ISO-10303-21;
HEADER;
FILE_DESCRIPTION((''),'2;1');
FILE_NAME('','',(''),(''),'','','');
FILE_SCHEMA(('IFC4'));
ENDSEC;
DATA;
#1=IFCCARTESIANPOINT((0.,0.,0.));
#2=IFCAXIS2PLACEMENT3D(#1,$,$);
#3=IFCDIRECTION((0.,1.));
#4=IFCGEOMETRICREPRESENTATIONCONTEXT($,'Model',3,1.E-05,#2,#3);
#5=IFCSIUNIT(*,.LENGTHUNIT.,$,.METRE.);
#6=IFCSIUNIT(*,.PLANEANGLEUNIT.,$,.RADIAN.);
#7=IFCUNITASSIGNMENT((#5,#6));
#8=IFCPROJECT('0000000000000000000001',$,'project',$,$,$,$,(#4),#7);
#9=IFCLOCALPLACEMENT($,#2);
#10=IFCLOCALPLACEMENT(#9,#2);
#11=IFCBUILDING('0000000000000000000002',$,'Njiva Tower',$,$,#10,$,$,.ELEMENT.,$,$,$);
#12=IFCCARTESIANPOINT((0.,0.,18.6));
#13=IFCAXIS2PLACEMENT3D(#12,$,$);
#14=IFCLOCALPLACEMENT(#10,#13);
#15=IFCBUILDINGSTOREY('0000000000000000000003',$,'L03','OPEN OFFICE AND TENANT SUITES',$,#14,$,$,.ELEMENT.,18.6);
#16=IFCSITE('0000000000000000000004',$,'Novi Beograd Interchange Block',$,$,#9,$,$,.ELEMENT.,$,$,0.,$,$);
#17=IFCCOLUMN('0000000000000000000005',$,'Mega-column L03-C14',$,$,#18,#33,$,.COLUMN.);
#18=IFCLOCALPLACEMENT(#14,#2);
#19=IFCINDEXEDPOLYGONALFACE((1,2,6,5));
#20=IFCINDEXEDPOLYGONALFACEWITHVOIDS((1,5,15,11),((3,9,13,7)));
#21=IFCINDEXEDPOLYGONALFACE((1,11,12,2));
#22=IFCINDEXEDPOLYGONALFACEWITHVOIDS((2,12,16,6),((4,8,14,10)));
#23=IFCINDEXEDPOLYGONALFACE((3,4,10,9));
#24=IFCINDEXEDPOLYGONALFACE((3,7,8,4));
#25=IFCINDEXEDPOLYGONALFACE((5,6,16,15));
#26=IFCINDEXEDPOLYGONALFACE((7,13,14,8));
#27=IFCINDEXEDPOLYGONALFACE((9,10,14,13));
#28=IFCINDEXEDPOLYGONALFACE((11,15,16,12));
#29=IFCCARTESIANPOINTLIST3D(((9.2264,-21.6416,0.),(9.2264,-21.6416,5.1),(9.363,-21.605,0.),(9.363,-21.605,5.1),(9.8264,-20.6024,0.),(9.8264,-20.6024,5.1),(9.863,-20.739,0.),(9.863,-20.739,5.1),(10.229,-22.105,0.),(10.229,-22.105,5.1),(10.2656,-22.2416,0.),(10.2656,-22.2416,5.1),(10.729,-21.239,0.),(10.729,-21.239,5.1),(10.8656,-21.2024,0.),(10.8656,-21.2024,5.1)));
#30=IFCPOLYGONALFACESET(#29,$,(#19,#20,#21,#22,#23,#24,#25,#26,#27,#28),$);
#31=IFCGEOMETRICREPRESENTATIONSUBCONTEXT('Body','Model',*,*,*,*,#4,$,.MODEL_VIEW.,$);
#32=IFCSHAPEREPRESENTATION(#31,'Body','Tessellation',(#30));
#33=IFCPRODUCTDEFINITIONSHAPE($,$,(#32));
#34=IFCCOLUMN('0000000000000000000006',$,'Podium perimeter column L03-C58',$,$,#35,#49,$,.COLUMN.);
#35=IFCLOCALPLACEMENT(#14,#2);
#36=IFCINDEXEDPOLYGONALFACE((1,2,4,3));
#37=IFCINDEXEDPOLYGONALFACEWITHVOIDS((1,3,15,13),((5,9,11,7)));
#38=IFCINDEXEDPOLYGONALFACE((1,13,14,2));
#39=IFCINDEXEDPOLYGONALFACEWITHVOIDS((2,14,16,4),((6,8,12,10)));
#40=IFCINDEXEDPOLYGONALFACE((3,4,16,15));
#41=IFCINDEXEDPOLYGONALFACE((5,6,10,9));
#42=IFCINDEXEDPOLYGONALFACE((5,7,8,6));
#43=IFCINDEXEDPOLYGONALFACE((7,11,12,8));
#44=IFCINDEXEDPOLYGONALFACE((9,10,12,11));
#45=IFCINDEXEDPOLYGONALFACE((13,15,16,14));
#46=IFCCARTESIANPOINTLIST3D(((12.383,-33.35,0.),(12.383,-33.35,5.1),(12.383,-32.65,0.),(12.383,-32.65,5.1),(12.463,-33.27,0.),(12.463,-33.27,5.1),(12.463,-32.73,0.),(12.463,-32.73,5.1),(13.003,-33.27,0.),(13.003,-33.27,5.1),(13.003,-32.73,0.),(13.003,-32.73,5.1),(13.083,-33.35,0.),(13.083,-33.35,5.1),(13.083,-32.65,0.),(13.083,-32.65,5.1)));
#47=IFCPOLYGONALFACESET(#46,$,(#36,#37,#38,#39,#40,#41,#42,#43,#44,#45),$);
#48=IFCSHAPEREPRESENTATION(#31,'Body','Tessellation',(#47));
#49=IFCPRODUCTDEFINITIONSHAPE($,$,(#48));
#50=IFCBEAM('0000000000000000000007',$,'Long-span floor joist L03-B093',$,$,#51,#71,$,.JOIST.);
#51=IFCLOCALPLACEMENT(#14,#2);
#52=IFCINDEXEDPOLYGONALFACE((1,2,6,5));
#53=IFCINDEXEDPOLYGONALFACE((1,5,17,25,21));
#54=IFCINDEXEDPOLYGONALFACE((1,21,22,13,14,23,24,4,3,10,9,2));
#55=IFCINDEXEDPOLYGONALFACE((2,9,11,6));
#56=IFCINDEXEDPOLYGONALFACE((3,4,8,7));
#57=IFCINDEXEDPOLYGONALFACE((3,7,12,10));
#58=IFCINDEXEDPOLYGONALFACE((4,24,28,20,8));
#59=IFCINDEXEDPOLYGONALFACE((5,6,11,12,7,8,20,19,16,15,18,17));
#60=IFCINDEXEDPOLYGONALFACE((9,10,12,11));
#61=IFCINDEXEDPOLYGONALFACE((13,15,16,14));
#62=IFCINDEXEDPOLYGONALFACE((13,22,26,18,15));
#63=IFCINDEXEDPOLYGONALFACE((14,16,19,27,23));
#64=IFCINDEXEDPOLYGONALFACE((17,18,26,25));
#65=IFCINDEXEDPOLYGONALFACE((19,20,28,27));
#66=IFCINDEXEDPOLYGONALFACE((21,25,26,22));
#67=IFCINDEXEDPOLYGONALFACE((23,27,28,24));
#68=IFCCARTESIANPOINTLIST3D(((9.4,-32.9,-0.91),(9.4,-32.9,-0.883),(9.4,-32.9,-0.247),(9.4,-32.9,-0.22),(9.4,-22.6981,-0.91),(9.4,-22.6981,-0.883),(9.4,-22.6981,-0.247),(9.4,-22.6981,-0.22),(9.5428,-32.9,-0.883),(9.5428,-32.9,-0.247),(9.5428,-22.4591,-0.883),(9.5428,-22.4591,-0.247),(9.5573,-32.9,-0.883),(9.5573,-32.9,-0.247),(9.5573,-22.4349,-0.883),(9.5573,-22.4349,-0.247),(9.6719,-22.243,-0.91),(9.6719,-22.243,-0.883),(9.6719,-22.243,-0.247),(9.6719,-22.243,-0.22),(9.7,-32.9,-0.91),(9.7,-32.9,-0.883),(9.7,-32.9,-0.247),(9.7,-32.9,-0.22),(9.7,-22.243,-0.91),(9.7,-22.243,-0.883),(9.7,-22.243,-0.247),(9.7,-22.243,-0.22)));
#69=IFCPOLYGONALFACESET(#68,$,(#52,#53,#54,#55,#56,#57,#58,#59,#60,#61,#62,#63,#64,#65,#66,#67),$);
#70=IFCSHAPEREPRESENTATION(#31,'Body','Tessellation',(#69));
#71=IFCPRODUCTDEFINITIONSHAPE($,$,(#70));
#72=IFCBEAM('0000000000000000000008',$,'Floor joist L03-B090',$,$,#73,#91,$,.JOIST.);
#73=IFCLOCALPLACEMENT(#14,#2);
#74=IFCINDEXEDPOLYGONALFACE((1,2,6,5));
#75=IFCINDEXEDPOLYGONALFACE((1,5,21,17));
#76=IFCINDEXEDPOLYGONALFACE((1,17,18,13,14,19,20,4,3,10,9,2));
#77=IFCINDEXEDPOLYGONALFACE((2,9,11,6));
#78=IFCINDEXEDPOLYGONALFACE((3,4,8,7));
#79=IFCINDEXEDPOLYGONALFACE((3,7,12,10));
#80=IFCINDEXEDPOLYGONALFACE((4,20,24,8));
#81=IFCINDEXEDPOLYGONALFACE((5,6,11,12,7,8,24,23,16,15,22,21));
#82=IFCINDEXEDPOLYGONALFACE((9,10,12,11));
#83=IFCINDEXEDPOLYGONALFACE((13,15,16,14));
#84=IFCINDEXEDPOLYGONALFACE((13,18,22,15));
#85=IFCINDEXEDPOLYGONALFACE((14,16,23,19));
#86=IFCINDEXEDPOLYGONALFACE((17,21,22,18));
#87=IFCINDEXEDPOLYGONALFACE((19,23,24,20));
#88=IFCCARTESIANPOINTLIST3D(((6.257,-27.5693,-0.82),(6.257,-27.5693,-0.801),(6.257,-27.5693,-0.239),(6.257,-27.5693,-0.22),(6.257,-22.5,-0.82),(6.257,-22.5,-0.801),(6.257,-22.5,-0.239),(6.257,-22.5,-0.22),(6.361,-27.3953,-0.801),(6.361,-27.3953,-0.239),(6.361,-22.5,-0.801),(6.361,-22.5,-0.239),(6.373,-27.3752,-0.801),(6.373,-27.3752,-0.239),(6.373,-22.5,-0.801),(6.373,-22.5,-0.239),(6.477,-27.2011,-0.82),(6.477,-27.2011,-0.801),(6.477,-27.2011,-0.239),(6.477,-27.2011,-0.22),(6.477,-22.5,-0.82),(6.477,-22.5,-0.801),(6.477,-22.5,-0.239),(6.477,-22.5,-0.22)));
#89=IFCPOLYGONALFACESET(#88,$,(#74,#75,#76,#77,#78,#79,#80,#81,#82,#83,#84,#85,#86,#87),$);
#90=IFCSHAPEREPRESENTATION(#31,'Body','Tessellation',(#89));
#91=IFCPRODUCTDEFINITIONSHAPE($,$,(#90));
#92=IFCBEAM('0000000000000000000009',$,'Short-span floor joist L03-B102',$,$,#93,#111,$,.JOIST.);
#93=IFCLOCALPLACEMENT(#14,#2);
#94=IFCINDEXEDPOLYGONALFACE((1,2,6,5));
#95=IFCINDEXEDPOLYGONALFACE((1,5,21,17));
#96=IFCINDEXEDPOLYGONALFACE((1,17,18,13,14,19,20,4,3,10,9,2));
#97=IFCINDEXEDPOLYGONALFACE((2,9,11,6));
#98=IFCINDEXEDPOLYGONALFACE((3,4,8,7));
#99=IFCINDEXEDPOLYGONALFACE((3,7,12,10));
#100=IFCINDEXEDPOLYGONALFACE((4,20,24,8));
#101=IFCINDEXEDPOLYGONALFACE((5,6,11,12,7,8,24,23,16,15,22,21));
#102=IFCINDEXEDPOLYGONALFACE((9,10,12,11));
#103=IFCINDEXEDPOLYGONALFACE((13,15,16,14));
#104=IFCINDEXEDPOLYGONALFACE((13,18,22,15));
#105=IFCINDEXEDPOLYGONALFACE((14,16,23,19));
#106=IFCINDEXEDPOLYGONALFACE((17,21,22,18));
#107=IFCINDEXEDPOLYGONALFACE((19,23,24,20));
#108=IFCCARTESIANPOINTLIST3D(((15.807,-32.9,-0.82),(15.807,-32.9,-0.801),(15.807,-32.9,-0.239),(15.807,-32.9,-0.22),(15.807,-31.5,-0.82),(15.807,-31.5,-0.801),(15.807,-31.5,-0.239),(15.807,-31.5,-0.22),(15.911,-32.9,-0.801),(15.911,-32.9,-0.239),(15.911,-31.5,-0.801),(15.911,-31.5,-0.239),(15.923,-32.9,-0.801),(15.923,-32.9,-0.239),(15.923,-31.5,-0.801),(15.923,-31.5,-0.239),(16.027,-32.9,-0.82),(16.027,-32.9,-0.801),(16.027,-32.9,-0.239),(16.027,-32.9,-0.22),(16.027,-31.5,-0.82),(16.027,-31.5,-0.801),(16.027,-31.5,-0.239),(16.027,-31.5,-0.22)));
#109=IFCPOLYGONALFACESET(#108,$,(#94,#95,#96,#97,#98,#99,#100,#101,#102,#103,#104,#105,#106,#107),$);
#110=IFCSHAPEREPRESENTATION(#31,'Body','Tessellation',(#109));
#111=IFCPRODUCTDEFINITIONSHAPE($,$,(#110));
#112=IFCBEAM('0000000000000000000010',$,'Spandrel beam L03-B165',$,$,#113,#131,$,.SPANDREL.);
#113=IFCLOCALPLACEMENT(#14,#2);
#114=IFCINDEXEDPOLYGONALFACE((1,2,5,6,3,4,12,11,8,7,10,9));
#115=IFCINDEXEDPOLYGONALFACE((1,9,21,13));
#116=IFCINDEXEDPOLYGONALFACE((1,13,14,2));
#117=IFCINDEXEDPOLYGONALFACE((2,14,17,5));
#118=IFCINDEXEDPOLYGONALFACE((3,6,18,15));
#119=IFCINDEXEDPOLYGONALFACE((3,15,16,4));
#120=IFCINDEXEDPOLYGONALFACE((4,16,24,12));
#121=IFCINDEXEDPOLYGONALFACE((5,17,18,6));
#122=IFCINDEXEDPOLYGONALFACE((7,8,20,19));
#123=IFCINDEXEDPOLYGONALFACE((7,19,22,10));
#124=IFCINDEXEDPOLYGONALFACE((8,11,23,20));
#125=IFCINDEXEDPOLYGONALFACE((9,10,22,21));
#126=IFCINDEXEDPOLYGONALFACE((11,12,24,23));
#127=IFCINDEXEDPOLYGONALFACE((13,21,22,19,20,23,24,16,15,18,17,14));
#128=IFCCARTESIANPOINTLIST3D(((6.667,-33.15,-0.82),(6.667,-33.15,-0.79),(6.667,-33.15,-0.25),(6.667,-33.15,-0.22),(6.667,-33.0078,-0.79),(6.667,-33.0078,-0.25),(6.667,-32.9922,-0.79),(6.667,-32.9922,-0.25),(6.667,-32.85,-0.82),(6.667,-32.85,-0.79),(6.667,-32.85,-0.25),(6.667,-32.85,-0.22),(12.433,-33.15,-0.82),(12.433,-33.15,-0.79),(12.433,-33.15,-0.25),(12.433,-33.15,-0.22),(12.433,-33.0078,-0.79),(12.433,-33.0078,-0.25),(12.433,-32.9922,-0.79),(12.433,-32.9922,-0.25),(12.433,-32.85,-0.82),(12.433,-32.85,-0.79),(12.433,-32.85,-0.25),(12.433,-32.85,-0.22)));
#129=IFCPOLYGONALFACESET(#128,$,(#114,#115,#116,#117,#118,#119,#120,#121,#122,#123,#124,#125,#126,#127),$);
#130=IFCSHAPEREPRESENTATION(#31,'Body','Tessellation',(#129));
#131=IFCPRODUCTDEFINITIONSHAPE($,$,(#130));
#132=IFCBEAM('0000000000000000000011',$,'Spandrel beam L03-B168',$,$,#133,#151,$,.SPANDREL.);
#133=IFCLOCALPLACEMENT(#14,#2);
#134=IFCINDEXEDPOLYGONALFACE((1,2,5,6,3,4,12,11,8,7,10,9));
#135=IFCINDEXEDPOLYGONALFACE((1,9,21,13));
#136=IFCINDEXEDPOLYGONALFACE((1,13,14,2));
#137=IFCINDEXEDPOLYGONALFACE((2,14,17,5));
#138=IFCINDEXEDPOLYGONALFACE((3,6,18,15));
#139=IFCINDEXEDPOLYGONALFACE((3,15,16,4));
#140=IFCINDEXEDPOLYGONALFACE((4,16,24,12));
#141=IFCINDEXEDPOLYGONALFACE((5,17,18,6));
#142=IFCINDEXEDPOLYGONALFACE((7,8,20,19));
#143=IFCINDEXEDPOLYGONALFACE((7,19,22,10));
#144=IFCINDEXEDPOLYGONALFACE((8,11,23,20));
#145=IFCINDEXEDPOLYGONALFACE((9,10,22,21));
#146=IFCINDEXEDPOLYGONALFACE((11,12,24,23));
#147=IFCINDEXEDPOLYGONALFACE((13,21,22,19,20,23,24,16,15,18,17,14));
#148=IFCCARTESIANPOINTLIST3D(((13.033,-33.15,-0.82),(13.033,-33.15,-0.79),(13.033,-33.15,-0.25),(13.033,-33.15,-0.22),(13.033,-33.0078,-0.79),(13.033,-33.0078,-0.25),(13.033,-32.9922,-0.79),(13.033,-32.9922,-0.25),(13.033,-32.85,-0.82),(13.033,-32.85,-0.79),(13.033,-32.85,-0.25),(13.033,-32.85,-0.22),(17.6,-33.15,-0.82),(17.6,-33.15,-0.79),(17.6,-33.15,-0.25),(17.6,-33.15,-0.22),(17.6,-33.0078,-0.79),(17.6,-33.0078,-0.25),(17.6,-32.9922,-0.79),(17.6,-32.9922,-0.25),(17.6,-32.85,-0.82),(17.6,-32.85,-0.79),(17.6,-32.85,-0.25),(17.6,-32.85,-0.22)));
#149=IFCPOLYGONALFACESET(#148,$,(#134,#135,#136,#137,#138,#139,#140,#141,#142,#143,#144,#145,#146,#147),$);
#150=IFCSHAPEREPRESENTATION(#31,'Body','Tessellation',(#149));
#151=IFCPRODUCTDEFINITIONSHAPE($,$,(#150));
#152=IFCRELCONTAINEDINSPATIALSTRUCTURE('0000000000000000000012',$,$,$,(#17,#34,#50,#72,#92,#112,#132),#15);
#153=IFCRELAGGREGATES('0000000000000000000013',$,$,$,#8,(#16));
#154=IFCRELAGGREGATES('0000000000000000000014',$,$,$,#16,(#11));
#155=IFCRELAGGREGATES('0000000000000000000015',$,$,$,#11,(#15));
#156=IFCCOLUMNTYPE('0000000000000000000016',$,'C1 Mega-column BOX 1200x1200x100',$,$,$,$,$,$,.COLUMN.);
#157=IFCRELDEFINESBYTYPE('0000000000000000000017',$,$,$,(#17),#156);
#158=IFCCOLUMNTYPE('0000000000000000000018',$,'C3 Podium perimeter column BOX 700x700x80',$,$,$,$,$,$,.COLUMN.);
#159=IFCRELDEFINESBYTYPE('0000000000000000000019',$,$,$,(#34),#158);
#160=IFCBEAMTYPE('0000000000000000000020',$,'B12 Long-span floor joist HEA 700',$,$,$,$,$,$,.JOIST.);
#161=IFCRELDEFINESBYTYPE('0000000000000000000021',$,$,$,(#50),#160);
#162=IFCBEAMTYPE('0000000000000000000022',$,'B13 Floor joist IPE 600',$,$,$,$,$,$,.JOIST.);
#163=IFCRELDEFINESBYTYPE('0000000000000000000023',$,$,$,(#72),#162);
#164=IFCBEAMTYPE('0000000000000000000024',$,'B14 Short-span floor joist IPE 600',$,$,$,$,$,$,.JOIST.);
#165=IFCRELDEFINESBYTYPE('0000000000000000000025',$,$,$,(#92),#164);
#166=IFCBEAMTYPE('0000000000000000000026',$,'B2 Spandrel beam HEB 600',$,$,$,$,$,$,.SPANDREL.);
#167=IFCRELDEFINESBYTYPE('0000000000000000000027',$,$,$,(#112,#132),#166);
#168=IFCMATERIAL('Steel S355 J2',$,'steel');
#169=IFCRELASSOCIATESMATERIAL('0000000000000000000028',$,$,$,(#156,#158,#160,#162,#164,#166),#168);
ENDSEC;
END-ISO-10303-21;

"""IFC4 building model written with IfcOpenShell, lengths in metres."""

from ifc_helpers import new_model, si_unit, direction, frame, origin, origin_2d, place, context, subcontext, project, spatial, hollow_rectangle, i_section, extrude, clip, halfspace, material, material_profile, profile_set, type_object, element, save


model = new_model("IFC4")

# Units and contexts
model_context = context("Model", 3, precision=1e-05, world=origin(), true_north=direction((0.0, 1.0)))
body_context = subcontext(model_context, "Body", "Model", "MODEL_VIEW")
ifc_project = project(units=[si_unit("LENGTHUNIT", "METRE"), si_unit("PLANEANGLEUNIT", "RADIAN")], contexts=[model_context])

# Site, building, storey
site_placement = place(None, origin())
site = spatial("IfcSite", under=ifc_project, at=site_placement, Name="Novi Beograd Interchange Block", CompositionType="ELEMENT", RefElevation=0.0)
building_placement = place(site_placement, origin())
building = spatial("IfcBuilding", under=site, at=building_placement, Name="Njiva Tower", CompositionType="ELEMENT")
storey_placement = place(building_placement, frame((0.0, 0.0, 18.6)))
storey = spatial("IfcBuildingStorey", under=building, at=storey_placement, Name="L03", Description="OPEN OFFICE AND TENANT SUITES", CompositionType="ELEMENT", Elevation=18.6)

# Columns
ifc_material_1 = material(Name="Steel S355 J2", Category="steel")
ifc_material_profile_1 = material_profile(ifc_material_1, hollow_rectangle(XDim=1.2, YDim=1.2, WallThickness=0.1, at=origin_2d()), Name="BOX 1200x1200x100")
ifc_profile_set_1 = profile_set([ifc_material_profile_1], Name="Steel S355 J2")
column_type_1 = type_object("IfcColumnType", Name="C1 Mega-column BOX 1200x1200x100", PredefinedType="COLUMN", material=ifc_profile_set_1)
column_1_placement = place(storey_placement, frame((10.046, -21.422, 0.0), z_axis=(0.0, 0.0, 1.0), x_axis=(0.5, 0.866025, 0.0)))
element("IfcColumn", 1, at=column_1_placement, inside=storey, type_object=column_type_1, Name="Mega-column L03-C14", PredefinedType="COLUMN", context=body_context, shape_type="SweptSolid", body=[
    extrude(hollow_rectangle(XDim=1.2, YDim=1.2, WallThickness=0.1, at=origin_2d()), origin(), (0.0, 0.0, 1.0), 5.1),
])
ifc_material_profile_2 = material_profile(ifc_material_1, hollow_rectangle(XDim=0.7, YDim=0.7, WallThickness=0.08, at=origin_2d()), Name="BOX 700x700x80")
ifc_profile_set_2 = profile_set([ifc_material_profile_2], Name="Steel S355 J2")
column_type_2 = type_object("IfcColumnType", Name="C3 Podium perimeter column BOX 700x700x80", PredefinedType="COLUMN", material=ifc_profile_set_2)
column_2_placement = place(storey_placement, frame((12.733, -33.0, 0.0), z_axis=(0.0, 0.0, 1.0), x_axis=(1.0, 0.0, 0.0)))
element("IfcColumn", 2, at=column_2_placement, inside=storey, type_object=column_type_2, Name="Podium perimeter column L03-C58", PredefinedType="COLUMN", context=body_context, shape_type="SweptSolid", body=[
    extrude(hollow_rectangle(XDim=0.7, YDim=0.7, WallThickness=0.08, at=origin_2d()), origin(), (0.0, 0.0, 1.0), 5.1),
])

# Beams
ifc_material_profile_3 = material_profile(ifc_material_1, i_section(OverallWidth=0.3, OverallDepth=0.69, WebThickness=0.0145, FlangeThickness=0.027, at=origin_2d()), Name="HEA 700")
ifc_profile_set_3 = profile_set([ifc_material_profile_3], Name="Steel S355 J2")
beam_type_1 = type_object("IfcBeamType", Name="B12 Long-span floor joist HEA 700", PredefinedType="JOIST", material=ifc_profile_set_3)
beam_1_placement = place(storey_placement, frame((9.55, -22.243, -0.565), z_axis=(0.0, -1.0, 0.0), x_axis=(1.0, 0.0, 0.0)))
element("IfcBeam", 3, at=beam_1_placement, inside=storey, type_object=beam_type_1, Name="Long-span floor joist L03-B093", PredefinedType="JOIST", context=body_context, shape_type="Clipping", body=[
    clip(extrude(i_section(OverallWidth=0.3, OverallDepth=0.69, WebThickness=0.0145, FlangeThickness=0.027, at=origin_2d()), origin(), (0.0, 0.0, 1.0), 10.657), halfspace(frame((-0.0429, 0.0, 0.2758), z_axis=(-0.858483, 0.0, -0.512842), x_axis=(0.0, -1.0, 0.0)), False)),
])
ifc_material_profile_4 = material_profile(ifc_material_1, i_section(OverallWidth=0.22, OverallDepth=0.6, WebThickness=0.012, FlangeThickness=0.019, at=origin_2d()), Name="IPE 600")
ifc_profile_set_4 = profile_set([ifc_material_profile_4], Name="Steel S355 J2")
beam_type_2 = type_object("IfcBeamType", Name="B13 Floor joist IPE 600", PredefinedType="JOIST", material=ifc_profile_set_4)
beam_2_placement = place(storey_placement, frame((6.367, -22.5, -0.52), z_axis=(0.0, -1.0, 0.0), x_axis=(1.0, 0.0, 0.0)))
element("IfcBeam", 4, at=beam_2_placement, inside=storey, type_object=beam_type_2, Name="Floor joist L03-B090", PredefinedType="JOIST", context=body_context, shape_type="Clipping", body=[
    clip(extrude(i_section(OverallWidth=0.22, OverallDepth=0.6, WebThickness=0.012, FlangeThickness=0.019, at=origin_2d()), origin(), (0.0, 0.0, 1.0), 5.09), halfspace(frame((0.0426, 0.0, 4.8139), z_axis=(0.858483, 0.0, 0.512842), x_axis=(0.0, 1.0, 0.0)), False)),
])
ifc_material_profile_5 = material_profile(ifc_material_1, i_section(OverallWidth=0.22, OverallDepth=0.6, WebThickness=0.012, FlangeThickness=0.019, at=origin_2d()), Name="IPE 600")
ifc_profile_set_5 = profile_set([ifc_material_profile_5], Name="Steel S355 J2")
beam_type_3 = type_object("IfcBeamType", Name="B14 Short-span floor joist IPE 600", PredefinedType="JOIST", material=ifc_profile_set_5)
beam_3_placement = place(storey_placement, frame((15.917, -31.5, -0.52), z_axis=(0.0, -1.0, 0.0), x_axis=(1.0, 0.0, 0.0)))
element("IfcBeam", 5, at=beam_3_placement, inside=storey, type_object=beam_type_3, Name="Short-span floor joist L03-B102", PredefinedType="JOIST", context=body_context, shape_type="SweptSolid", body=[
    extrude(i_section(OverallWidth=0.22, OverallDepth=0.6, WebThickness=0.012, FlangeThickness=0.019, at=origin_2d()), origin(), (0.0, 0.0, 1.0), 1.4),
])
ifc_material_profile_6 = material_profile(ifc_material_1, i_section(OverallWidth=0.3, OverallDepth=0.6, WebThickness=0.0155, FlangeThickness=0.03, at=origin_2d()), Name="HEB 600")
ifc_profile_set_6 = profile_set([ifc_material_profile_6], Name="Steel S355 J2")
beam_type_4 = type_object("IfcBeamType", Name="B2 Spandrel beam HEB 600", PredefinedType="SPANDREL", material=ifc_profile_set_6)
beam_4_placement = place(storey_placement, frame((6.667, -33.0, -0.52), z_axis=(1.0, 0.0, 0.0), x_axis=(0.0, 1.0, 0.0)))
element("IfcBeam", 6, at=beam_4_placement, inside=storey, type_object=beam_type_4, Name="Spandrel beam L03-B165", PredefinedType="SPANDREL", context=body_context, shape_type="SweptSolid", body=[
    extrude(i_section(OverallWidth=0.3, OverallDepth=0.6, WebThickness=0.0155, FlangeThickness=0.03, at=origin_2d()), origin(), (0.0, 0.0, 1.0), 5.766),
])
beam_5_placement = place(storey_placement, frame((13.033, -33.0, -0.52), z_axis=(1.0, 0.0, 0.0), x_axis=(0.0, 1.0, 0.0)))
element("IfcBeam", 7, at=beam_5_placement, inside=storey, type_object=beam_type_4, Name="Spandrel beam L03-B168", PredefinedType="SPANDREL", context=body_context, shape_type="SweptSolid", body=[
    extrude(i_section(OverallWidth=0.3, OverallDepth=0.6, WebThickness=0.0155, FlangeThickness=0.03, at=origin_2d()), origin(), (0.0, 0.0, 1.0), 4.567),
])

save(model, "model.ifc")
